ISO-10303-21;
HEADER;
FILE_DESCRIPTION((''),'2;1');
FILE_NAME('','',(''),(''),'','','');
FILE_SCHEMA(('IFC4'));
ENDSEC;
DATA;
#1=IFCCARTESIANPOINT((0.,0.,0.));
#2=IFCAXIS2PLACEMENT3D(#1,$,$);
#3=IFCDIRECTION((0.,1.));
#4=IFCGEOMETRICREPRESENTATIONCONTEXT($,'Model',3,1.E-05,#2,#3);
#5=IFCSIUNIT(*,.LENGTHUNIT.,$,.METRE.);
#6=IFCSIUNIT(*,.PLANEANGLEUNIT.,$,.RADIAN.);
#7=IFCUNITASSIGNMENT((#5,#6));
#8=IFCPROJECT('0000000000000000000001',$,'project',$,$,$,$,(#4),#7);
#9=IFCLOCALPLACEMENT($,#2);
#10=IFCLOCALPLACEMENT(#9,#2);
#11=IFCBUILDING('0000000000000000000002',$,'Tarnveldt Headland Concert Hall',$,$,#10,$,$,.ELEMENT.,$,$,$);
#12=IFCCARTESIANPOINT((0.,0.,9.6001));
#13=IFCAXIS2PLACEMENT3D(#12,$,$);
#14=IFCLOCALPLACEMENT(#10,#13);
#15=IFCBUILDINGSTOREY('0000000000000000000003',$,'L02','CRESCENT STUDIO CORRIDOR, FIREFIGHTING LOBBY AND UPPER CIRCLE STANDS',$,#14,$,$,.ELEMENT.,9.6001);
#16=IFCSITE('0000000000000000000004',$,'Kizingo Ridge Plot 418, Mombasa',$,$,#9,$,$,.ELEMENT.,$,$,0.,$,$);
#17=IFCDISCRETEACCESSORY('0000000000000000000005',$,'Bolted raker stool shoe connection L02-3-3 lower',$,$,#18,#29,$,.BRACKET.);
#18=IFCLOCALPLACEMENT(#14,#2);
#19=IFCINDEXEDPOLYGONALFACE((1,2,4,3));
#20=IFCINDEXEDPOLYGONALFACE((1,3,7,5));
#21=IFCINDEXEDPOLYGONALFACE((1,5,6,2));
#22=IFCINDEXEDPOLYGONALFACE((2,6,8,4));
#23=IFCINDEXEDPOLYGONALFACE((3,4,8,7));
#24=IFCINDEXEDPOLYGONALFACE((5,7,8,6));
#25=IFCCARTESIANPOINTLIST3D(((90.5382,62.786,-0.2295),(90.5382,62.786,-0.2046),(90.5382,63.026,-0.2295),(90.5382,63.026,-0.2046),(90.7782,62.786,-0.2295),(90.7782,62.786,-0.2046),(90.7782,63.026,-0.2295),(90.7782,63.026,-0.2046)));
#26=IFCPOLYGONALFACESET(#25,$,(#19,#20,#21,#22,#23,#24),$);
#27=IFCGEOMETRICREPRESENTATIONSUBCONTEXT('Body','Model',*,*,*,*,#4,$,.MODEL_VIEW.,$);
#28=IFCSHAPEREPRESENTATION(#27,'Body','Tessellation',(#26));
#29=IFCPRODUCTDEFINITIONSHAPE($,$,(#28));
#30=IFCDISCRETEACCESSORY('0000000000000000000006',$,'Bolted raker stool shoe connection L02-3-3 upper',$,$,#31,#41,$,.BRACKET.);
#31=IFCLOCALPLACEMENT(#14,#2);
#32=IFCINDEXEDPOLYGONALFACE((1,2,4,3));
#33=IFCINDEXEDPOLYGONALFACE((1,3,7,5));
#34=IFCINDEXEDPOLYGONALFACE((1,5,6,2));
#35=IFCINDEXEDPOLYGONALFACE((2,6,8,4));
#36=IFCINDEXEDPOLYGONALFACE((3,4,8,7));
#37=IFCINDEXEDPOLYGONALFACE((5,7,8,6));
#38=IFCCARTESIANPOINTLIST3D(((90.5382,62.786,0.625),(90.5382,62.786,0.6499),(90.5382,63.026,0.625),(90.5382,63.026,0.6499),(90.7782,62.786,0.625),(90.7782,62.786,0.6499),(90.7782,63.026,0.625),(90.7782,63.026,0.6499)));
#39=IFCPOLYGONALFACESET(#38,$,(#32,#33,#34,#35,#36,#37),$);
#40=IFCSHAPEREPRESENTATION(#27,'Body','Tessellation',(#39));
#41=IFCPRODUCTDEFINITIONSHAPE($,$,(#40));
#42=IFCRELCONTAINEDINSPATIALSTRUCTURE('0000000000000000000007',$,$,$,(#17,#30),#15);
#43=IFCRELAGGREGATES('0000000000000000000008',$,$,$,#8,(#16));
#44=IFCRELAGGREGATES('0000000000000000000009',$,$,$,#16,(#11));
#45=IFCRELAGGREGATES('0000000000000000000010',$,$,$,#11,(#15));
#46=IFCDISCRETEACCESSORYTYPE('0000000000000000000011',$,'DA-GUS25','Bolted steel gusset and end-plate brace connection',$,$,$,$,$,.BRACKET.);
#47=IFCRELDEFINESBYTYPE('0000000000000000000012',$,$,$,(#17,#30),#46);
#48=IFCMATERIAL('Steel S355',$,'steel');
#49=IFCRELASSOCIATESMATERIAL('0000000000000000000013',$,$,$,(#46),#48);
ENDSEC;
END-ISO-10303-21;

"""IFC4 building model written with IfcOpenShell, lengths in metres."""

from ifc_helpers import new_model, si_unit, direction, frame, origin, origin_2d, place, context, subcontext, project, spatial, rectangle, extrude, material, type_object, element, save


model = new_model("IFC4")

# Units and contexts
model_context = context("Model", 3, precision=1e-05, world=origin(), true_north=direction((0.0, 1.0)))
body_context = subcontext(model_context, "Body", "Model", "MODEL_VIEW")
ifc_project = project(units=[si_unit("LENGTHUNIT", "METRE"), si_unit("PLANEANGLEUNIT", "RADIAN")], contexts=[model_context])

# Site, building, storey
site_placement = place(None, origin())
site = spatial("IfcSite", under=ifc_project, at=site_placement, Name="Kizingo Ridge Plot 418, Mombasa", CompositionType="ELEMENT", RefElevation=0.0)
building_placement = place(site_placement, origin())
building = spatial("IfcBuilding", under=site, at=building_placement, Name="Tarnveldt Headland Concert Hall", CompositionType="ELEMENT")
storey_placement = place(building_placement, frame((0.0, 0.0, 9.6001)))
storey = spatial("IfcBuildingStorey", under=building, at=storey_placement, Name="L02", Description="CRESCENT STUDIO CORRIDOR, FIREFIGHTING LOBBY AND UPPER CIRCLE STANDS", CompositionType="ELEMENT", Elevation=9.6001)

# Shared definitions
ifc_material_1 = material(Name="Steel S355", Category="steel")

# Discrete accessories
discrete_accessory_type = type_object("IfcDiscreteAccessoryType", Name="DA-GUS25", Description="Bolted steel gusset and end-plate brace connection", PredefinedType="BRACKET", material=ifc_material_1)
for number, where, z_axis, x_axis, name in (
    (1, (90.6582, 62.906, -0.2295), (0.0, 0.0, 1.0), (1.0, 0.0, 0.0), "Bolted raker stool shoe connection L02-3-3 lower"),
    (2, (90.6582, 62.906, 0.625), (0.0, 0.0, 1.0), (1.0, 0.0, 0.0), "Bolted raker stool shoe connection L02-3-3 upper"),
):
    element("IfcDiscreteAccessory", number, at=place(storey_placement, frame(where, z_axis=z_axis, x_axis=x_axis)), inside=storey, type_object=discrete_accessory_type, Name=name, PredefinedType="BRACKET", context=body_context, shape_type="SweptSolid", body=[
        extrude(rectangle(XDim=0.24, YDim=0.24, at=origin_2d()), origin(), (0.0, 0.0, 1.0), 0.0249),
    ])

save(model, "model.ifc")
